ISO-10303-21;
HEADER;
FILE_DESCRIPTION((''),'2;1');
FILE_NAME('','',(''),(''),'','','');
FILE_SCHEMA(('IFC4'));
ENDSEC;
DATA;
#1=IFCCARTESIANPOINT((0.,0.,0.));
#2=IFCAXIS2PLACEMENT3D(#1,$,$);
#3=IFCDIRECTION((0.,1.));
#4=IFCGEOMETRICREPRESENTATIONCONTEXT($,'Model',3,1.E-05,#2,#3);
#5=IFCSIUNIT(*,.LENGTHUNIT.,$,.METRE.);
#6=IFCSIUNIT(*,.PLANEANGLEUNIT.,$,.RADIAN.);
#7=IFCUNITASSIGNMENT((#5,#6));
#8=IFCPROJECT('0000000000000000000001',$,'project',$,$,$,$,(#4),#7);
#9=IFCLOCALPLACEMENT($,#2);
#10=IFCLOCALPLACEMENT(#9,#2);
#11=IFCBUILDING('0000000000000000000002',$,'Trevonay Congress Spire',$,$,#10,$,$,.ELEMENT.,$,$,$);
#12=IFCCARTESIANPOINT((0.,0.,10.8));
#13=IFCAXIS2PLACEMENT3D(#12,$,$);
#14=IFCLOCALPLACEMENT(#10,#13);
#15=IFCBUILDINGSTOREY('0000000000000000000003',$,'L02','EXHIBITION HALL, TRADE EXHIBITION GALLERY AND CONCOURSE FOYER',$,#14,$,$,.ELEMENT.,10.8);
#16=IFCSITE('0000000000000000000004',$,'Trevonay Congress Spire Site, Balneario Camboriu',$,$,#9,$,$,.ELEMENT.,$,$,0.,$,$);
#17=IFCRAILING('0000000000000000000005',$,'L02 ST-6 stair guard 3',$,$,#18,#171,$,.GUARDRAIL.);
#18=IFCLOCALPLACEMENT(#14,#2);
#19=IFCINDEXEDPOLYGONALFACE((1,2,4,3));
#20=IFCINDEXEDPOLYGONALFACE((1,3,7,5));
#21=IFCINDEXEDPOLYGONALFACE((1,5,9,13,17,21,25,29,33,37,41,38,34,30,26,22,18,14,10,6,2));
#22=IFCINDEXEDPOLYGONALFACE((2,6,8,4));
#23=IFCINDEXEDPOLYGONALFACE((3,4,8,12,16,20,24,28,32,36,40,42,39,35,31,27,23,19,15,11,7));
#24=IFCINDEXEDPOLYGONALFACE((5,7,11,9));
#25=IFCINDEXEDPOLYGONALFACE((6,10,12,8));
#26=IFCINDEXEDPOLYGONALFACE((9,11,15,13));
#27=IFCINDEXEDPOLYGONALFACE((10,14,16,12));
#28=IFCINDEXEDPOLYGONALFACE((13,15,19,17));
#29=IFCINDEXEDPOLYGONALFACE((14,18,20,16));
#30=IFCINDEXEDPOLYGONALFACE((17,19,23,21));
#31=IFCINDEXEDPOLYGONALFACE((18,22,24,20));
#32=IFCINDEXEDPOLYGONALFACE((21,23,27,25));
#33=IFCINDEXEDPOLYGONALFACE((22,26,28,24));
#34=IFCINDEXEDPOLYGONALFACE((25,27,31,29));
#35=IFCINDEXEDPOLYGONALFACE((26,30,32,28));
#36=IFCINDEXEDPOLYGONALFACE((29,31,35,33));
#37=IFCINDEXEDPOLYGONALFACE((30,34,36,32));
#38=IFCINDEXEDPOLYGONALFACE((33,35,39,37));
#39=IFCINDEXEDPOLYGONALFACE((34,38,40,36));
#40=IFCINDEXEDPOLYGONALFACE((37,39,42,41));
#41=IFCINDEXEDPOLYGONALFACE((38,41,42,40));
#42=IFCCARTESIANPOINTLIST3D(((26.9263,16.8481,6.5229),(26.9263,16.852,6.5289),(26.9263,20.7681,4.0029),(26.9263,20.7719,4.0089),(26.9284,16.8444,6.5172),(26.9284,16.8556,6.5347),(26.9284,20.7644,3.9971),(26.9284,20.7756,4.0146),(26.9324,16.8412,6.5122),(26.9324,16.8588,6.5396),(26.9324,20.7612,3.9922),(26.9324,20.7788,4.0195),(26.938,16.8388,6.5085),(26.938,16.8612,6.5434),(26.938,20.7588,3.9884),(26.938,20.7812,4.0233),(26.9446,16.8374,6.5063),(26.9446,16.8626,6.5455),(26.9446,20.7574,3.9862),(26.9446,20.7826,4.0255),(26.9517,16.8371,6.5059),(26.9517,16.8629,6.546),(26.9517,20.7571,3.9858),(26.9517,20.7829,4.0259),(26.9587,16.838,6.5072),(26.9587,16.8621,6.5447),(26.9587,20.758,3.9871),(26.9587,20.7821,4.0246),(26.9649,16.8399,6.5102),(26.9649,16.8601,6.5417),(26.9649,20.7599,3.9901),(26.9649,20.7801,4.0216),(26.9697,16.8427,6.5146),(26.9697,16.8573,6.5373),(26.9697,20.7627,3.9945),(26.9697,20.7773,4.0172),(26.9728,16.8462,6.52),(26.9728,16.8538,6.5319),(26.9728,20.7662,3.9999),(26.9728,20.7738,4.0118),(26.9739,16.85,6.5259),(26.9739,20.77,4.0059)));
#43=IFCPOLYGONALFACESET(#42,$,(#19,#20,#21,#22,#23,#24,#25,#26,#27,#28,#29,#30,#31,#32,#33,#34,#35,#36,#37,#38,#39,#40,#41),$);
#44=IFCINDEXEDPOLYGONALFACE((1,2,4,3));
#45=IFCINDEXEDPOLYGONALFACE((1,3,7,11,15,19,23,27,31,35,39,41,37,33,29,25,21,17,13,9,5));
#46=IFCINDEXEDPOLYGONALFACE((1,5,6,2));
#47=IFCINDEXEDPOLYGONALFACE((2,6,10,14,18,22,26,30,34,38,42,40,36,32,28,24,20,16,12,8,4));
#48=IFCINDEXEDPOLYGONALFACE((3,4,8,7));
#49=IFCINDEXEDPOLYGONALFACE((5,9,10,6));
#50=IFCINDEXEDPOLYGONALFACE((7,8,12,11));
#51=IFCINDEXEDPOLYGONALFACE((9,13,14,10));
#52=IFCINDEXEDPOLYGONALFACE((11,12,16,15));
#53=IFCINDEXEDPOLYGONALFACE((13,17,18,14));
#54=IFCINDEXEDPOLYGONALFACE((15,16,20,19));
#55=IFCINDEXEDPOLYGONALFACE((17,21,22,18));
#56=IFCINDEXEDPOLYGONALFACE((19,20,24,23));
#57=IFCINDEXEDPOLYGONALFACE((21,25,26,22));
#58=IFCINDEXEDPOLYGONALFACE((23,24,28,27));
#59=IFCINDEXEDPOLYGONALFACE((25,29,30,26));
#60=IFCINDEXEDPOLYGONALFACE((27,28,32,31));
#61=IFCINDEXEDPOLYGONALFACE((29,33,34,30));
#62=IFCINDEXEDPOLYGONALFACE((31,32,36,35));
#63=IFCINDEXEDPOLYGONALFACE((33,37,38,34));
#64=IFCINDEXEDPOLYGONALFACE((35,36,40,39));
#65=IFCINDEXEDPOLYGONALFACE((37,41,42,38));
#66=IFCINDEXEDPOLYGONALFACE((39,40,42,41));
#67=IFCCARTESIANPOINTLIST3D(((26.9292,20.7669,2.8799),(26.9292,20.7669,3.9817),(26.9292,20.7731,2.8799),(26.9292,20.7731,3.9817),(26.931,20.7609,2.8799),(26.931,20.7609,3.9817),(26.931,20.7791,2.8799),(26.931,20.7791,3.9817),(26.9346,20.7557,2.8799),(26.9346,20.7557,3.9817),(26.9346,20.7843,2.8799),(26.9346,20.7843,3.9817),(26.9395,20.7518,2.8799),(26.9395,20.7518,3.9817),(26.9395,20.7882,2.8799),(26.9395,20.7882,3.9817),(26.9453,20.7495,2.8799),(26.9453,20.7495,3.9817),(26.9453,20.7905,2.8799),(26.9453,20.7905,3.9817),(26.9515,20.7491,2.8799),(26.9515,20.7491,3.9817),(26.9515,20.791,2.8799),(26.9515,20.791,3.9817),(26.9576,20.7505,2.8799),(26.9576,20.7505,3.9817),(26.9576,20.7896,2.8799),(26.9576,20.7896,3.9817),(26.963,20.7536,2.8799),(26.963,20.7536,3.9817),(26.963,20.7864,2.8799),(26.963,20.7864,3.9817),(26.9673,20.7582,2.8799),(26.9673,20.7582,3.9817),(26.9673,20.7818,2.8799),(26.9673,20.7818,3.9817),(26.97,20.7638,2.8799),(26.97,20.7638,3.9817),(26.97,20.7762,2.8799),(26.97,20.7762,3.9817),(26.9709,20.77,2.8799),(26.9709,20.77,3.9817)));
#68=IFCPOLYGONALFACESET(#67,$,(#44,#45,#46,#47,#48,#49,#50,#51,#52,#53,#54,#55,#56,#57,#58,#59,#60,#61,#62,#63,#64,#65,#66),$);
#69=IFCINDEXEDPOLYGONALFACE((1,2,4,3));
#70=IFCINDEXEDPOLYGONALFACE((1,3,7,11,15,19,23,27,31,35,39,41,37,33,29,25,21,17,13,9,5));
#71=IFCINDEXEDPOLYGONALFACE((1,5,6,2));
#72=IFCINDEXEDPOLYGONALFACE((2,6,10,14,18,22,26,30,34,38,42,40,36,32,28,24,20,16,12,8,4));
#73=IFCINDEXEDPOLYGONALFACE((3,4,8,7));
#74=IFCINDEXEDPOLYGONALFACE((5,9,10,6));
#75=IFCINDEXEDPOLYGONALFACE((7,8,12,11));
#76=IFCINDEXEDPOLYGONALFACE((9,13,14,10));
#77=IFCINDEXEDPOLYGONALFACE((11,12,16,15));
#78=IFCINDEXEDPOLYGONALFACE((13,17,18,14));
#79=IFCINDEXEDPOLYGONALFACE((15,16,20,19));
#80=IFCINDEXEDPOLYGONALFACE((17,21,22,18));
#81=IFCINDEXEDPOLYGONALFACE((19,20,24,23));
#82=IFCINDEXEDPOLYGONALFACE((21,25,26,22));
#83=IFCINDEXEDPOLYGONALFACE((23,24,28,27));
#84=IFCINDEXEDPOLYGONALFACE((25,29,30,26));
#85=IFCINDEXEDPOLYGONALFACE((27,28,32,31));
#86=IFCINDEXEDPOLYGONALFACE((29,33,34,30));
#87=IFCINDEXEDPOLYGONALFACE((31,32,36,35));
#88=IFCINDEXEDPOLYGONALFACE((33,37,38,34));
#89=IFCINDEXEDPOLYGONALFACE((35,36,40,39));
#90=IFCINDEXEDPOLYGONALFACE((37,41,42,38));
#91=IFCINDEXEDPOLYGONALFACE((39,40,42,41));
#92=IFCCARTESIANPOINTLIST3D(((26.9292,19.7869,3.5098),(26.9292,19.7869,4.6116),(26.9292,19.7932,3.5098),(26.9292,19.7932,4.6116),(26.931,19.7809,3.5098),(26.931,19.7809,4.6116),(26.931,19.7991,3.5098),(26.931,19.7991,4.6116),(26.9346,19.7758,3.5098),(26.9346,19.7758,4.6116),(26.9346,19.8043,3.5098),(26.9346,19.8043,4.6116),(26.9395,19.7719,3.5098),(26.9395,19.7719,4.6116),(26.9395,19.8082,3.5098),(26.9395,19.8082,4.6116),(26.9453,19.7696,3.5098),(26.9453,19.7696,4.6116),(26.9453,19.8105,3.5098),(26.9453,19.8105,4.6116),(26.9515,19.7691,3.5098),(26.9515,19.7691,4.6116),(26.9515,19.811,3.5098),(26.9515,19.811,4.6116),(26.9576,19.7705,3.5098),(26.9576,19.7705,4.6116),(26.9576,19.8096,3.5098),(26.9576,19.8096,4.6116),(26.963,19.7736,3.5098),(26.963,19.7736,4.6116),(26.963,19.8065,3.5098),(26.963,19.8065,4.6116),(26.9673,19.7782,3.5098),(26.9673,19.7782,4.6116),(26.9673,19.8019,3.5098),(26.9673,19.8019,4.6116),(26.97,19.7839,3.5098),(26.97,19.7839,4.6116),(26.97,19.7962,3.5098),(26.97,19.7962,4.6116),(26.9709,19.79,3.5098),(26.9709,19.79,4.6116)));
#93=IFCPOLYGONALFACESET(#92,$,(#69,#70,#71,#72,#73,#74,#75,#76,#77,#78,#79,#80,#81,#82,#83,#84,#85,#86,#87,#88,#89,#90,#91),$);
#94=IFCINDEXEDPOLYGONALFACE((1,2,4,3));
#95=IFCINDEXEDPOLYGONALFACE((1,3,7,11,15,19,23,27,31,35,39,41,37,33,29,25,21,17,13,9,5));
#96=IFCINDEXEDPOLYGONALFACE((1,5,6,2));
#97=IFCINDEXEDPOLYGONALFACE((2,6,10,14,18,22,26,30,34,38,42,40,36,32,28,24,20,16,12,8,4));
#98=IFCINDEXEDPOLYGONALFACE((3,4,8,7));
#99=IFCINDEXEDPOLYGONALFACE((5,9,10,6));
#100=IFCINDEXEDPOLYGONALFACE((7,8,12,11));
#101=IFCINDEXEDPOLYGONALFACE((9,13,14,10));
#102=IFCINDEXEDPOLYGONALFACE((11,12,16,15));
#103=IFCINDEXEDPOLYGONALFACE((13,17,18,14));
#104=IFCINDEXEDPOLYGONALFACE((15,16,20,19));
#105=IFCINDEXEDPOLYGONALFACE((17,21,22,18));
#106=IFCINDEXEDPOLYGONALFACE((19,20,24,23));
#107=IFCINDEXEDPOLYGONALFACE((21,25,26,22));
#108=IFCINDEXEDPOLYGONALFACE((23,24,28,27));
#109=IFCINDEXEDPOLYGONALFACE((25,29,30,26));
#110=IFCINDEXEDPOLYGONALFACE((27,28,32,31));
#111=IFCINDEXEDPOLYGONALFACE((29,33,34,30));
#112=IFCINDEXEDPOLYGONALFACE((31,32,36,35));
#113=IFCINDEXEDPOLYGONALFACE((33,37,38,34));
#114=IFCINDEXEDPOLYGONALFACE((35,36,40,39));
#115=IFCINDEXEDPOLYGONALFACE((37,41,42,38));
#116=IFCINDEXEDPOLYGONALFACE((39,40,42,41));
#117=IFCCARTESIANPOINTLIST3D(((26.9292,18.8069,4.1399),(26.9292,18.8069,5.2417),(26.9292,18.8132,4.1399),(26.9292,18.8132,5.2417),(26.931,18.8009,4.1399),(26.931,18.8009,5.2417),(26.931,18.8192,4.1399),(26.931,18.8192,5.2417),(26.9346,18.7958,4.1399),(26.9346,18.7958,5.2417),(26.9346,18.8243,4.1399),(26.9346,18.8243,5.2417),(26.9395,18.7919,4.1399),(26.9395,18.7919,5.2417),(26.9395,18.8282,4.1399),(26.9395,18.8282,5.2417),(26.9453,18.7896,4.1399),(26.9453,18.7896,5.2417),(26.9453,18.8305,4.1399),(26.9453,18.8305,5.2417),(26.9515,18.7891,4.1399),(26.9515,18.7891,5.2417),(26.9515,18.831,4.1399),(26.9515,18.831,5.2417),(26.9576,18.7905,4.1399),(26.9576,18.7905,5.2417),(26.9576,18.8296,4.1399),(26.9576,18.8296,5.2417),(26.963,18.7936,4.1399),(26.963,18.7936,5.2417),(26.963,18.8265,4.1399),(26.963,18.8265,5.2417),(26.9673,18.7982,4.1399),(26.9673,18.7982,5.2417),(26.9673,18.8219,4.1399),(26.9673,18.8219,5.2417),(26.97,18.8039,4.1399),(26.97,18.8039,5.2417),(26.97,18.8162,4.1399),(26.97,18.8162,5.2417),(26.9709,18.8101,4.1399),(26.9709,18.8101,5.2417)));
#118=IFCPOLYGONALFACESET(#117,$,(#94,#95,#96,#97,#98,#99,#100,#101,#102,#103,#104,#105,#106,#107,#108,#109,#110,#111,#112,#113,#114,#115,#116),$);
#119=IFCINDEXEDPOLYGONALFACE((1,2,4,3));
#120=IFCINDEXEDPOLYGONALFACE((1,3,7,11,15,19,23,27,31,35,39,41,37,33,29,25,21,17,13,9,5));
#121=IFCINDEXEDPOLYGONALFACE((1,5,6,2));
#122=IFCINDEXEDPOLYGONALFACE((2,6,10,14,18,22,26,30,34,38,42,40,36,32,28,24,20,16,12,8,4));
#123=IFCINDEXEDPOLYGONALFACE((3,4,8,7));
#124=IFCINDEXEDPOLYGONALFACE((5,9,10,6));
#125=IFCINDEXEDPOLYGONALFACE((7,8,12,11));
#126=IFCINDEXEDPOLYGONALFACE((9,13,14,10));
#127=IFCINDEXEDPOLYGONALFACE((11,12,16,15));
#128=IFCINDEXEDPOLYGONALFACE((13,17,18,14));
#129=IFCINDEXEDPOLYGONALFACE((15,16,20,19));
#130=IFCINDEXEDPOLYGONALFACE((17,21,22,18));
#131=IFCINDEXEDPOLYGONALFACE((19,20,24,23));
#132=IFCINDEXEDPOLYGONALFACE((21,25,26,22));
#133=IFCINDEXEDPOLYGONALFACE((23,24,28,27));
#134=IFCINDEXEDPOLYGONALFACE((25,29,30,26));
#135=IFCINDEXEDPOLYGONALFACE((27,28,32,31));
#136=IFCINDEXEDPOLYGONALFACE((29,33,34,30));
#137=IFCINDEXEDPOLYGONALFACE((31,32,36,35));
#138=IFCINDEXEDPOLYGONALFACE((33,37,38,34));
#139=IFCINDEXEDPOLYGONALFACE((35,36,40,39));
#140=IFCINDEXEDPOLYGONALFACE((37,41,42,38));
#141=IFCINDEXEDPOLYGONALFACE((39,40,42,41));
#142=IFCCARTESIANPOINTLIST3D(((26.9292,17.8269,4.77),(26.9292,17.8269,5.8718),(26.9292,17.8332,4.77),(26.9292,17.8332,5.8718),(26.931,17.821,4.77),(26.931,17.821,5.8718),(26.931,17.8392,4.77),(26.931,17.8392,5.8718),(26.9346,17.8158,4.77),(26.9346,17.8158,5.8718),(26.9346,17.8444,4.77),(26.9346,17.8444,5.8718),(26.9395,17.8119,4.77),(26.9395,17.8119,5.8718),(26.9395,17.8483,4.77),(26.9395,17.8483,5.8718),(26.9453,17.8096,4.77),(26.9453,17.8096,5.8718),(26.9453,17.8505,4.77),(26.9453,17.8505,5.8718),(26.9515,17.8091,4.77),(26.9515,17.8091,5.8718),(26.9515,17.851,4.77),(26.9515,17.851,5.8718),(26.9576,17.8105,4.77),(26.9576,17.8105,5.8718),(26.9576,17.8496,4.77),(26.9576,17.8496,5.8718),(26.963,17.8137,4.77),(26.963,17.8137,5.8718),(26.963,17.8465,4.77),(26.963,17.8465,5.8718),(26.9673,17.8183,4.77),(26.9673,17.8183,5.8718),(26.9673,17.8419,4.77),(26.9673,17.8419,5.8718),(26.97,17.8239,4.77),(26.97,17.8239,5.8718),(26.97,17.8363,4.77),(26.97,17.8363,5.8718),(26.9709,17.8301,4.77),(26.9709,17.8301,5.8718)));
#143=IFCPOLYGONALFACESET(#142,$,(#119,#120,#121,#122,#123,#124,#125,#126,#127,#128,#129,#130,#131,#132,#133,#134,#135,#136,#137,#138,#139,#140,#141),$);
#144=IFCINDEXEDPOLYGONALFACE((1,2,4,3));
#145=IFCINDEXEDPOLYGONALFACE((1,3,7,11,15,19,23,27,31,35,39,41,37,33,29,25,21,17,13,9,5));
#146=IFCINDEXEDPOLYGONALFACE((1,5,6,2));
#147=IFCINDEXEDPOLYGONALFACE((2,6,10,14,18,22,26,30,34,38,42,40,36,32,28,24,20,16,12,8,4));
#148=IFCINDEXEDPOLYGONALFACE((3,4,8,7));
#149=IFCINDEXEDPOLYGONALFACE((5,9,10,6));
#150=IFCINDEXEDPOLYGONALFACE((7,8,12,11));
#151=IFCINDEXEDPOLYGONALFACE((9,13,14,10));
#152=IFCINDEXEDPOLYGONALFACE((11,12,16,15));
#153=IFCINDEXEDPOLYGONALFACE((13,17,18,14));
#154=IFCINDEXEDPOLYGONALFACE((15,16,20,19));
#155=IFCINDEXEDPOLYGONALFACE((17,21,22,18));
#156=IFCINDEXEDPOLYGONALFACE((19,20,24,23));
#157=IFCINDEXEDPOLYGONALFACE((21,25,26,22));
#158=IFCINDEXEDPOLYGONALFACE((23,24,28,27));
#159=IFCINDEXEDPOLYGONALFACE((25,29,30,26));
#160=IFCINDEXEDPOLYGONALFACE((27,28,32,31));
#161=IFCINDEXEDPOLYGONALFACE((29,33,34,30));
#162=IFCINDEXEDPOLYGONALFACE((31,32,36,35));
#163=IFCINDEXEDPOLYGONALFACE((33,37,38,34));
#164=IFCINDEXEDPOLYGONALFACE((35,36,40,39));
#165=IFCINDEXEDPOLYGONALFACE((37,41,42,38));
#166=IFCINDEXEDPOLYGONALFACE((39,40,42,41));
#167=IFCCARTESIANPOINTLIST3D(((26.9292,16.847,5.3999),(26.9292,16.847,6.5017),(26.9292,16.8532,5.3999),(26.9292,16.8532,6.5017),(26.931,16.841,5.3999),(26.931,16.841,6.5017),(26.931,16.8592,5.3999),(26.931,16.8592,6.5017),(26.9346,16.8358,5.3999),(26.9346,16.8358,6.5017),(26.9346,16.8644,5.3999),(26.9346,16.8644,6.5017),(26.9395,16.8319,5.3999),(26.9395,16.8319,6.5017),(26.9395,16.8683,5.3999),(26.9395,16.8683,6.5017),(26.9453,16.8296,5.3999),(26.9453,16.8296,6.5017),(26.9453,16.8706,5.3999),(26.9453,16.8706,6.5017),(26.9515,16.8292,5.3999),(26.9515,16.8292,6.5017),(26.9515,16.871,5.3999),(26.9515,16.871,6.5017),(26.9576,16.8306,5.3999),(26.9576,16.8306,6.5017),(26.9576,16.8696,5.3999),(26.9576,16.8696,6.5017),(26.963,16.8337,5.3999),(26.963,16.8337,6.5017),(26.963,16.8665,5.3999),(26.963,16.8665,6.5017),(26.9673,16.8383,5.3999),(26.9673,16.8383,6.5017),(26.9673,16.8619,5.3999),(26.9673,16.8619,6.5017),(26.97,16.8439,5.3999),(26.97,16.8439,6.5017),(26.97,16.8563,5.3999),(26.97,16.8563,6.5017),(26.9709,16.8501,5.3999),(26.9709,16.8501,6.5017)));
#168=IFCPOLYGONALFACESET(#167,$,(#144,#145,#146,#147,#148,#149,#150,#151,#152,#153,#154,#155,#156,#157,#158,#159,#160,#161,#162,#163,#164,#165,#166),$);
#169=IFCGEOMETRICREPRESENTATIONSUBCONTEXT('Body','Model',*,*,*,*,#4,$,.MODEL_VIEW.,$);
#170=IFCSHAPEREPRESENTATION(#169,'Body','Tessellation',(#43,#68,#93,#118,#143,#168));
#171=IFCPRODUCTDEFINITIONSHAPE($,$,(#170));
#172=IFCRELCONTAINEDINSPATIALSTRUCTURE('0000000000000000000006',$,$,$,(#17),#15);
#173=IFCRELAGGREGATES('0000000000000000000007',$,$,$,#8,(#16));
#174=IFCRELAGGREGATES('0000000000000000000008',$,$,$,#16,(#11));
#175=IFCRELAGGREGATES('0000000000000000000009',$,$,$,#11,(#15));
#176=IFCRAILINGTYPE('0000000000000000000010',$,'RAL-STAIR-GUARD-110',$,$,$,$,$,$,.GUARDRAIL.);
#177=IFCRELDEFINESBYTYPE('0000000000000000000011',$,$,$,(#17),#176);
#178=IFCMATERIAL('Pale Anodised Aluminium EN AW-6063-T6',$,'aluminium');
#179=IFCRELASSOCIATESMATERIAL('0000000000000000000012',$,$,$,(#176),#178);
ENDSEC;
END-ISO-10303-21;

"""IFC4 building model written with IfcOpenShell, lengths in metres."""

from ifc_helpers import new_model, si_unit, direction, frame, origin, origin_2d, place, context, subcontext, project, spatial, circle, extrude, material, type_object, element, save


model = new_model("IFC4")

# Units and contexts
model_context = context("Model", 3, precision=1e-05, world=origin(), true_north=direction((0.0, 1.0)))
body_context = subcontext(model_context, "Body", "Model", "MODEL_VIEW")
ifc_project = project(units=[si_unit("LENGTHUNIT", "METRE"), si_unit("PLANEANGLEUNIT", "RADIAN")], contexts=[model_context])

# Site, building, storey
site_placement = place(None, origin())
site = spatial("IfcSite", under=ifc_project, at=site_placement, Name="Trevonay Congress Spire Site, Balneario Camboriu", CompositionType="ELEMENT", RefElevation=0.0)
building_placement = place(site_placement, origin())
building = spatial("IfcBuilding", under=site, at=building_placement, Name="Trevonay Congress Spire", CompositionType="ELEMENT")
storey_placement = place(building_placement, frame((0.0, 0.0, 10.8)))
storey = spatial("IfcBuildingStorey", under=building, at=storey_placement, Name="L02", Description="EXHIBITION HALL, TRADE EXHIBITION GALLERY AND CONCOURSE FOYER", CompositionType="ELEMENT", Elevation=10.8)

# Shared definitions
ifc_material_1 = material(Name="Pale Anodised Aluminium EN AW-6063-T6", Category="aluminium")

# Railing
railing_type_1 = type_object("IfcRailingType", Name="RAL-STAIR-GUARD-110", PredefinedType="GUARDRAIL", material=ifc_material_1)
railing_1_placement = place(storey_placement, frame((26.95, 20.77, 2.8799)))
element("IfcRailing", 1, at=railing_1_placement, inside=storey, type_object=railing_type_1, Name="L02 ST-6 stair guard 3", PredefinedType="GUARDRAIL", context=body_context, shape_type="SweptSolid", body=[
    extrude(circle(Radius=0.0239, at=origin_2d()), frame((0.0, 0.0, 1.126), z_axis=(0.0, -0.841172, 0.540768), x_axis=(1.0, 0.0, 0.0)), (0.0, 0.0, 1.0), 4.6602),
    extrude(circle(Radius=0.021, at=origin_2d()), origin(), (0.0, 0.0, 1.0), 1.1018),
    extrude(circle(Radius=0.021, at=origin_2d()), frame((0.0, -0.98, 0.6299)), (0.0, 0.0, 1.0), 1.1018),
    extrude(circle(Radius=0.021, at=origin_2d()), frame((0.0, -1.96, 1.26)), (0.0, 0.0, 1.0), 1.1018),
    extrude(circle(Radius=0.021, at=origin_2d()), frame((0.0, -2.9399, 1.8901)), (0.0, 0.0, 1.0), 1.1018),
    extrude(circle(Radius=0.021, at=origin_2d()), frame((0.0, -3.9199, 2.52)), (0.0, 0.0, 1.0), 1.1018),
])

save(model, "model.ifc")
